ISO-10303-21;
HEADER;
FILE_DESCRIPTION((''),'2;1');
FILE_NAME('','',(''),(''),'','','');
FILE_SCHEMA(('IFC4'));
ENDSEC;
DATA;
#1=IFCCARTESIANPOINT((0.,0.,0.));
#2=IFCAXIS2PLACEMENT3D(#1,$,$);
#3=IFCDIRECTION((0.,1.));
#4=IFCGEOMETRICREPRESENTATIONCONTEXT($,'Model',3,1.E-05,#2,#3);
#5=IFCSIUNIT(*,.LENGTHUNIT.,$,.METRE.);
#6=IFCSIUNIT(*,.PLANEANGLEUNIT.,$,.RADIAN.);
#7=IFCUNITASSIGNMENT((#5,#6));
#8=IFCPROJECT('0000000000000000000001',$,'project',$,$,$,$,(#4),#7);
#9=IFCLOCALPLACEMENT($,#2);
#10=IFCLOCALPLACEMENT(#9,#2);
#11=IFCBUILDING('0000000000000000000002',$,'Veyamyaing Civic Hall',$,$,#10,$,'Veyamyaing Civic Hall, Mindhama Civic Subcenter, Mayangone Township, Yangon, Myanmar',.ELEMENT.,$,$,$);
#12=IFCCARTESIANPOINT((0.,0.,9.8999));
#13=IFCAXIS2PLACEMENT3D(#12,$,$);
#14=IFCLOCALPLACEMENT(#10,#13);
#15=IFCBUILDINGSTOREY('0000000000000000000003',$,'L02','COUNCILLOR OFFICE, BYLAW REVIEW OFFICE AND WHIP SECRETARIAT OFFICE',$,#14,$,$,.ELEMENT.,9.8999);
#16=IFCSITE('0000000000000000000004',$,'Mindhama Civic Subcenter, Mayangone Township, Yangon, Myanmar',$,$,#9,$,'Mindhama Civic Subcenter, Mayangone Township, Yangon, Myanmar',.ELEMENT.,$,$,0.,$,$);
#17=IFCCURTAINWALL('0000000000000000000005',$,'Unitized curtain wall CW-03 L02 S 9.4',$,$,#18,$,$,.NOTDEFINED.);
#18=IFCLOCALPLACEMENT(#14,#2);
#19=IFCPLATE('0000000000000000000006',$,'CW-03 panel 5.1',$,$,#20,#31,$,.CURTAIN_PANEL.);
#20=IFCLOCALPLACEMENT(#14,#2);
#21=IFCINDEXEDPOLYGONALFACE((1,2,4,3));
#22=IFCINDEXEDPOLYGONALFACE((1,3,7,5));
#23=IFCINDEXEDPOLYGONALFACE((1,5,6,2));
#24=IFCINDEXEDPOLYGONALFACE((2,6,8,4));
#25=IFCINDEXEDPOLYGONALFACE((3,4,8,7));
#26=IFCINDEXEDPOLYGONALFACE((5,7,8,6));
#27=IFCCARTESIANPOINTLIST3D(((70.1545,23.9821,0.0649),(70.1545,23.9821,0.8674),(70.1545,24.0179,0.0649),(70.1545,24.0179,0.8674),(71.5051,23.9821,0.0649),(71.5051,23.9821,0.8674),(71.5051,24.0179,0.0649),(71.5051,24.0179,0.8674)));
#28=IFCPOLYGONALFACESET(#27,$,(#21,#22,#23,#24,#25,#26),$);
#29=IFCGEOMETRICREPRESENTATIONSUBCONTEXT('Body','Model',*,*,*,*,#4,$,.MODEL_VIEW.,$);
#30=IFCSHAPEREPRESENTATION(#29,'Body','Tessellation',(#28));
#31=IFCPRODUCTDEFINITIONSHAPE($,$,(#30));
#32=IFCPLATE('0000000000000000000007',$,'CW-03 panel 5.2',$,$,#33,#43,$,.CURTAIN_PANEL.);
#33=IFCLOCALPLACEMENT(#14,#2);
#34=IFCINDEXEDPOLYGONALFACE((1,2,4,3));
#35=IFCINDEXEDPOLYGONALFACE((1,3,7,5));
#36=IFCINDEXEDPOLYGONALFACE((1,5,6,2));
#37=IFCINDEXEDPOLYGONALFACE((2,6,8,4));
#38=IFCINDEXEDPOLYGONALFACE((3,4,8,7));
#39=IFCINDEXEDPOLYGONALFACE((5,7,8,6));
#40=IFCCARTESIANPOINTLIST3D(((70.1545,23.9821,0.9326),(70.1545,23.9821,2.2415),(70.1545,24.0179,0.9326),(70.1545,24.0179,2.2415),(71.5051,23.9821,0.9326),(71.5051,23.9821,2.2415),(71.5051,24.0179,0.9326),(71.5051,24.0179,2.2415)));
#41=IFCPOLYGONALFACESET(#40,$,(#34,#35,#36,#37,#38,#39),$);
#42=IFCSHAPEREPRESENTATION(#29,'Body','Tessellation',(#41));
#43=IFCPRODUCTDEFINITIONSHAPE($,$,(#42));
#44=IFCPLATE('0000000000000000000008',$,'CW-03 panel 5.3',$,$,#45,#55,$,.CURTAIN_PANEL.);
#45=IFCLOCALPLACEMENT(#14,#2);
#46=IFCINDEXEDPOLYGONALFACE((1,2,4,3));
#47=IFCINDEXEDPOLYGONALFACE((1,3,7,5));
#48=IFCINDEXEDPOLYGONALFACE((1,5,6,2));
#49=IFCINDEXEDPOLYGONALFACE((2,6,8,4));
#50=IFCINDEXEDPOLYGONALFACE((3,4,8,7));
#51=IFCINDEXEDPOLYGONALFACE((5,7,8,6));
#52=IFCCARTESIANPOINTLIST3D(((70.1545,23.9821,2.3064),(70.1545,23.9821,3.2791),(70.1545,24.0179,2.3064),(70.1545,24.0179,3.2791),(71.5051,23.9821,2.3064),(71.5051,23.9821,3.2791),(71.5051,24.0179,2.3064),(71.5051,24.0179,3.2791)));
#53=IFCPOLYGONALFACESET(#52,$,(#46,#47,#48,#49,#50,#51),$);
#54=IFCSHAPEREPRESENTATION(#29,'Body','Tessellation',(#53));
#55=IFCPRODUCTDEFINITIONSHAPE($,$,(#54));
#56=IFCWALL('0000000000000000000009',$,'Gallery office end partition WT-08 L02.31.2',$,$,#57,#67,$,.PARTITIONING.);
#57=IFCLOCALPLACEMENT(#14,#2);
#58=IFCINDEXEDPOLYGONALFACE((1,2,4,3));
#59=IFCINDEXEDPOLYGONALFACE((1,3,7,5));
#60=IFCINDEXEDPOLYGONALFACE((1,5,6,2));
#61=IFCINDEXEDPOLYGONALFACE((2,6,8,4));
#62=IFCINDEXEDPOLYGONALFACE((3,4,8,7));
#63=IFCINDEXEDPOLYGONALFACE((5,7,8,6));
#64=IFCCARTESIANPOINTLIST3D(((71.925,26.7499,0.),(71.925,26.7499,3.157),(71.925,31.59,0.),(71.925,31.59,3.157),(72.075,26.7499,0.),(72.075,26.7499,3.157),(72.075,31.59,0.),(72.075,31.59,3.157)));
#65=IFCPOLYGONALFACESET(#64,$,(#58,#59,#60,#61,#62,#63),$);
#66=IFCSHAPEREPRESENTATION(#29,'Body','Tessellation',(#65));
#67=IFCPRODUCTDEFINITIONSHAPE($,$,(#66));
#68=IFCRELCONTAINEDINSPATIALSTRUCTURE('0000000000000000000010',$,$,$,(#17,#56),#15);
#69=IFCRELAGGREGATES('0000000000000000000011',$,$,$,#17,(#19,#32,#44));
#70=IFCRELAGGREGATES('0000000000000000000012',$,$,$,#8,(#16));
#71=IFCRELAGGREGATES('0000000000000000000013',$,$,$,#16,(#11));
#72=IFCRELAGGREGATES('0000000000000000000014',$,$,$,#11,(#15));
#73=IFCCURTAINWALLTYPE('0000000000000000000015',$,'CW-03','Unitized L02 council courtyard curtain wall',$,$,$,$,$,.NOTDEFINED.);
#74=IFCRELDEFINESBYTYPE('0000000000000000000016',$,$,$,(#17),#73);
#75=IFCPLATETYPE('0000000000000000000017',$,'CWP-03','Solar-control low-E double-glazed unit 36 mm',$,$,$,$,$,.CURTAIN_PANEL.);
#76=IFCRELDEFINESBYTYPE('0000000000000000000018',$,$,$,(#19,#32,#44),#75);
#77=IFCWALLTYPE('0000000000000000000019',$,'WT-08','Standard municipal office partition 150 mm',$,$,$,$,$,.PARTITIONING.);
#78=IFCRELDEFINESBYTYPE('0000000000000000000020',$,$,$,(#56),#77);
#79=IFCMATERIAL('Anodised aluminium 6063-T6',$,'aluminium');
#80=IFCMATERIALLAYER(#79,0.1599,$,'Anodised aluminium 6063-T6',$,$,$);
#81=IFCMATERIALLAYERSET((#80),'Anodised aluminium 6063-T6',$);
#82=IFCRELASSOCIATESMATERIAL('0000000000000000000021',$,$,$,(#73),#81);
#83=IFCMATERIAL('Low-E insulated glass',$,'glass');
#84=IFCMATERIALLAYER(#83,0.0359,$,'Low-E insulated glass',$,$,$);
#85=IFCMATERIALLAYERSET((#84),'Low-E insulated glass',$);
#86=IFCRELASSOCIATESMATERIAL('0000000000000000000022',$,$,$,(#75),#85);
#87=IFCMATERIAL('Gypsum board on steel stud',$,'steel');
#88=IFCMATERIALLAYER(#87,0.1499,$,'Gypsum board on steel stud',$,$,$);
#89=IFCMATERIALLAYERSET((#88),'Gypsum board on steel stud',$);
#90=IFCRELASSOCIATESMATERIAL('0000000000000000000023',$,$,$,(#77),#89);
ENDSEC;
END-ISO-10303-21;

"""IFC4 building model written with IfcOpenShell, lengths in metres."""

from ifc_helpers import new_model, si_unit, direction, frame, frame_2d, origin, origin_2d, place, context, subcontext, project, spatial, rectangle, extrude, material, layer, layer_set, type_object, element, aggregate, save


model = new_model("IFC4")

# Units and contexts
model_context = context("Model", 3, precision=1e-05, world=origin(), true_north=direction((0.0, 1.0)))
body_context = subcontext(model_context, "Body", "Model", "MODEL_VIEW")
ifc_project = project(units=[si_unit("LENGTHUNIT", "METRE"), si_unit("PLANEANGLEUNIT", "RADIAN")], contexts=[model_context])

# Site, building, storey
site_placement = place(None, origin())
site = spatial("IfcSite", under=ifc_project, at=site_placement, Name="Mindhama Civic Subcenter, Mayangone Township, Yangon, Myanmar", LongName="Mindhama Civic Subcenter, Mayangone Township, Yangon, Myanmar", CompositionType="ELEMENT", RefElevation=0.0)
building_placement = place(site_placement, origin())
building = spatial("IfcBuilding", under=site, at=building_placement, Name="Veyamyaing Civic Hall", LongName="Veyamyaing Civic Hall, Mindhama Civic Subcenter, Mayangone Township, Yangon, Myanmar", CompositionType="ELEMENT")
storey_placement = place(building_placement, frame((0.0, 0.0, 9.8999)))
storey = spatial("IfcBuildingStorey", under=building, at=storey_placement, Name="L02", Description="COUNCILLOR OFFICE, BYLAW REVIEW OFFICE AND WHIP SECRETARIAT OFFICE", CompositionType="ELEMENT", Elevation=9.8999)

# Curtain wall
ifc_material_1 = material(Name="Anodised aluminium 6063-T6", Category="aluminium")
ifc_layer_1 = layer(ifc_material_1, 0.1599, Name="Anodised aluminium 6063-T6")
ifc_layer_set_1 = layer_set([ifc_layer_1], Name="Anodised aluminium 6063-T6")
curtain_wall_type = type_object("IfcCurtainWallType", Name="CW-03", Description="Unitized L02 council courtyard curtain wall", PredefinedType="NOTDEFINED", material=ifc_layer_set_1)
curtain_wall_1_placement = place(storey_placement, origin())
curtain_wall_1 = element("IfcCurtainWall", 1, at=curtain_wall_1_placement, inside=storey, type_object=curtain_wall_type, Name="Unitized curtain wall CW-03 L02 S 9.4", PredefinedType="NOTDEFINED")

# Plates
ifc_material_2 = material(Name="Low-E insulated glass", Category="glass")
ifc_layer_2 = layer(ifc_material_2, 0.0359, Name="Low-E insulated glass")
ifc_layer_set_2 = layer_set([ifc_layer_2], Name="Low-E insulated glass")
plate_type = type_object("IfcPlateType", Name="CWP-03", Description="Solar-control low-E double-glazed unit 36 mm", PredefinedType="CURTAIN_PANEL", material=ifc_layer_set_2)
plate_1_placement = place(storey_placement, frame((70.8298, 24.0, 0.0649), z_axis=(0.0, 0.0, 1.0), x_axis=(1.0, 0.0, 0.0)))
plate_1 = element("IfcPlate", 2, at=plate_1_placement, type_object=plate_type, Name="CW-03 panel 5.1", PredefinedType="CURTAIN_PANEL", context=body_context, shape_type="SweptSolid", body=[
    extrude(rectangle(XDim=1.3506, YDim=0.0359, at=origin_2d()), origin(), (0.0, 0.0, 1.0), 0.8025),
])
plate_2_placement = place(storey_placement, frame((70.8298, 24.0, 0.9326), z_axis=(0.0, 0.0, 1.0), x_axis=(1.0, 0.0, 0.0)))
plate_2 = element("IfcPlate", 3, at=plate_2_placement, type_object=plate_type, Name="CW-03 panel 5.2", PredefinedType="CURTAIN_PANEL", context=body_context, shape_type="SweptSolid", body=[
    extrude(rectangle(XDim=1.3506, YDim=0.0359, at=origin_2d()), origin(), (0.0, 0.0, 1.0), 1.3088),
])
plate_3_placement = place(storey_placement, frame((70.8298, 24.0, 2.3064), z_axis=(0.0, 0.0, 1.0), x_axis=(1.0, 0.0, 0.0)))
plate_3 = element("IfcPlate", 4, at=plate_3_placement, type_object=plate_type, Name="CW-03 panel 5.3", PredefinedType="CURTAIN_PANEL", context=body_context, shape_type="SweptSolid", body=[
    extrude(rectangle(XDim=1.3506, YDim=0.0359, at=origin_2d()), origin(), (0.0, 0.0, 1.0), 0.9727),
])
aggregate(curtain_wall_1, [plate_1, plate_2, plate_3])

# Wall
ifc_material_3 = material(Name="Gypsum board on steel stud", Category="steel")
ifc_layer_3 = layer(ifc_material_3, 0.1499, Name="Gypsum board on steel stud")
ifc_layer_set_3 = layer_set([ifc_layer_3], Name="Gypsum board on steel stud")
wall_type = type_object("IfcWallType", Name="WT-08", Description="Standard municipal office partition 150 mm", PredefinedType="PARTITIONING", material=ifc_layer_set_3)
wall_placement = place(storey_placement, frame((72.0, 26.75, 0.0), z_axis=(0.0, 0.0, 1.0), x_axis=(0.0, 1.0, 0.0)))
element("IfcWall", 5, at=wall_placement, inside=storey, type_object=wall_type, Name="Gallery office end partition WT-08 L02.31.2", PredefinedType="PARTITIONING", context=body_context, shape_type="SweptSolid", body=[
    extrude(rectangle(XDim=4.8401, YDim=0.1499, at=frame_2d((2.4199, 0.0))), origin(), (0.0, 0.0, 1.0), 3.157),
])

save(model, "model.ifc")
